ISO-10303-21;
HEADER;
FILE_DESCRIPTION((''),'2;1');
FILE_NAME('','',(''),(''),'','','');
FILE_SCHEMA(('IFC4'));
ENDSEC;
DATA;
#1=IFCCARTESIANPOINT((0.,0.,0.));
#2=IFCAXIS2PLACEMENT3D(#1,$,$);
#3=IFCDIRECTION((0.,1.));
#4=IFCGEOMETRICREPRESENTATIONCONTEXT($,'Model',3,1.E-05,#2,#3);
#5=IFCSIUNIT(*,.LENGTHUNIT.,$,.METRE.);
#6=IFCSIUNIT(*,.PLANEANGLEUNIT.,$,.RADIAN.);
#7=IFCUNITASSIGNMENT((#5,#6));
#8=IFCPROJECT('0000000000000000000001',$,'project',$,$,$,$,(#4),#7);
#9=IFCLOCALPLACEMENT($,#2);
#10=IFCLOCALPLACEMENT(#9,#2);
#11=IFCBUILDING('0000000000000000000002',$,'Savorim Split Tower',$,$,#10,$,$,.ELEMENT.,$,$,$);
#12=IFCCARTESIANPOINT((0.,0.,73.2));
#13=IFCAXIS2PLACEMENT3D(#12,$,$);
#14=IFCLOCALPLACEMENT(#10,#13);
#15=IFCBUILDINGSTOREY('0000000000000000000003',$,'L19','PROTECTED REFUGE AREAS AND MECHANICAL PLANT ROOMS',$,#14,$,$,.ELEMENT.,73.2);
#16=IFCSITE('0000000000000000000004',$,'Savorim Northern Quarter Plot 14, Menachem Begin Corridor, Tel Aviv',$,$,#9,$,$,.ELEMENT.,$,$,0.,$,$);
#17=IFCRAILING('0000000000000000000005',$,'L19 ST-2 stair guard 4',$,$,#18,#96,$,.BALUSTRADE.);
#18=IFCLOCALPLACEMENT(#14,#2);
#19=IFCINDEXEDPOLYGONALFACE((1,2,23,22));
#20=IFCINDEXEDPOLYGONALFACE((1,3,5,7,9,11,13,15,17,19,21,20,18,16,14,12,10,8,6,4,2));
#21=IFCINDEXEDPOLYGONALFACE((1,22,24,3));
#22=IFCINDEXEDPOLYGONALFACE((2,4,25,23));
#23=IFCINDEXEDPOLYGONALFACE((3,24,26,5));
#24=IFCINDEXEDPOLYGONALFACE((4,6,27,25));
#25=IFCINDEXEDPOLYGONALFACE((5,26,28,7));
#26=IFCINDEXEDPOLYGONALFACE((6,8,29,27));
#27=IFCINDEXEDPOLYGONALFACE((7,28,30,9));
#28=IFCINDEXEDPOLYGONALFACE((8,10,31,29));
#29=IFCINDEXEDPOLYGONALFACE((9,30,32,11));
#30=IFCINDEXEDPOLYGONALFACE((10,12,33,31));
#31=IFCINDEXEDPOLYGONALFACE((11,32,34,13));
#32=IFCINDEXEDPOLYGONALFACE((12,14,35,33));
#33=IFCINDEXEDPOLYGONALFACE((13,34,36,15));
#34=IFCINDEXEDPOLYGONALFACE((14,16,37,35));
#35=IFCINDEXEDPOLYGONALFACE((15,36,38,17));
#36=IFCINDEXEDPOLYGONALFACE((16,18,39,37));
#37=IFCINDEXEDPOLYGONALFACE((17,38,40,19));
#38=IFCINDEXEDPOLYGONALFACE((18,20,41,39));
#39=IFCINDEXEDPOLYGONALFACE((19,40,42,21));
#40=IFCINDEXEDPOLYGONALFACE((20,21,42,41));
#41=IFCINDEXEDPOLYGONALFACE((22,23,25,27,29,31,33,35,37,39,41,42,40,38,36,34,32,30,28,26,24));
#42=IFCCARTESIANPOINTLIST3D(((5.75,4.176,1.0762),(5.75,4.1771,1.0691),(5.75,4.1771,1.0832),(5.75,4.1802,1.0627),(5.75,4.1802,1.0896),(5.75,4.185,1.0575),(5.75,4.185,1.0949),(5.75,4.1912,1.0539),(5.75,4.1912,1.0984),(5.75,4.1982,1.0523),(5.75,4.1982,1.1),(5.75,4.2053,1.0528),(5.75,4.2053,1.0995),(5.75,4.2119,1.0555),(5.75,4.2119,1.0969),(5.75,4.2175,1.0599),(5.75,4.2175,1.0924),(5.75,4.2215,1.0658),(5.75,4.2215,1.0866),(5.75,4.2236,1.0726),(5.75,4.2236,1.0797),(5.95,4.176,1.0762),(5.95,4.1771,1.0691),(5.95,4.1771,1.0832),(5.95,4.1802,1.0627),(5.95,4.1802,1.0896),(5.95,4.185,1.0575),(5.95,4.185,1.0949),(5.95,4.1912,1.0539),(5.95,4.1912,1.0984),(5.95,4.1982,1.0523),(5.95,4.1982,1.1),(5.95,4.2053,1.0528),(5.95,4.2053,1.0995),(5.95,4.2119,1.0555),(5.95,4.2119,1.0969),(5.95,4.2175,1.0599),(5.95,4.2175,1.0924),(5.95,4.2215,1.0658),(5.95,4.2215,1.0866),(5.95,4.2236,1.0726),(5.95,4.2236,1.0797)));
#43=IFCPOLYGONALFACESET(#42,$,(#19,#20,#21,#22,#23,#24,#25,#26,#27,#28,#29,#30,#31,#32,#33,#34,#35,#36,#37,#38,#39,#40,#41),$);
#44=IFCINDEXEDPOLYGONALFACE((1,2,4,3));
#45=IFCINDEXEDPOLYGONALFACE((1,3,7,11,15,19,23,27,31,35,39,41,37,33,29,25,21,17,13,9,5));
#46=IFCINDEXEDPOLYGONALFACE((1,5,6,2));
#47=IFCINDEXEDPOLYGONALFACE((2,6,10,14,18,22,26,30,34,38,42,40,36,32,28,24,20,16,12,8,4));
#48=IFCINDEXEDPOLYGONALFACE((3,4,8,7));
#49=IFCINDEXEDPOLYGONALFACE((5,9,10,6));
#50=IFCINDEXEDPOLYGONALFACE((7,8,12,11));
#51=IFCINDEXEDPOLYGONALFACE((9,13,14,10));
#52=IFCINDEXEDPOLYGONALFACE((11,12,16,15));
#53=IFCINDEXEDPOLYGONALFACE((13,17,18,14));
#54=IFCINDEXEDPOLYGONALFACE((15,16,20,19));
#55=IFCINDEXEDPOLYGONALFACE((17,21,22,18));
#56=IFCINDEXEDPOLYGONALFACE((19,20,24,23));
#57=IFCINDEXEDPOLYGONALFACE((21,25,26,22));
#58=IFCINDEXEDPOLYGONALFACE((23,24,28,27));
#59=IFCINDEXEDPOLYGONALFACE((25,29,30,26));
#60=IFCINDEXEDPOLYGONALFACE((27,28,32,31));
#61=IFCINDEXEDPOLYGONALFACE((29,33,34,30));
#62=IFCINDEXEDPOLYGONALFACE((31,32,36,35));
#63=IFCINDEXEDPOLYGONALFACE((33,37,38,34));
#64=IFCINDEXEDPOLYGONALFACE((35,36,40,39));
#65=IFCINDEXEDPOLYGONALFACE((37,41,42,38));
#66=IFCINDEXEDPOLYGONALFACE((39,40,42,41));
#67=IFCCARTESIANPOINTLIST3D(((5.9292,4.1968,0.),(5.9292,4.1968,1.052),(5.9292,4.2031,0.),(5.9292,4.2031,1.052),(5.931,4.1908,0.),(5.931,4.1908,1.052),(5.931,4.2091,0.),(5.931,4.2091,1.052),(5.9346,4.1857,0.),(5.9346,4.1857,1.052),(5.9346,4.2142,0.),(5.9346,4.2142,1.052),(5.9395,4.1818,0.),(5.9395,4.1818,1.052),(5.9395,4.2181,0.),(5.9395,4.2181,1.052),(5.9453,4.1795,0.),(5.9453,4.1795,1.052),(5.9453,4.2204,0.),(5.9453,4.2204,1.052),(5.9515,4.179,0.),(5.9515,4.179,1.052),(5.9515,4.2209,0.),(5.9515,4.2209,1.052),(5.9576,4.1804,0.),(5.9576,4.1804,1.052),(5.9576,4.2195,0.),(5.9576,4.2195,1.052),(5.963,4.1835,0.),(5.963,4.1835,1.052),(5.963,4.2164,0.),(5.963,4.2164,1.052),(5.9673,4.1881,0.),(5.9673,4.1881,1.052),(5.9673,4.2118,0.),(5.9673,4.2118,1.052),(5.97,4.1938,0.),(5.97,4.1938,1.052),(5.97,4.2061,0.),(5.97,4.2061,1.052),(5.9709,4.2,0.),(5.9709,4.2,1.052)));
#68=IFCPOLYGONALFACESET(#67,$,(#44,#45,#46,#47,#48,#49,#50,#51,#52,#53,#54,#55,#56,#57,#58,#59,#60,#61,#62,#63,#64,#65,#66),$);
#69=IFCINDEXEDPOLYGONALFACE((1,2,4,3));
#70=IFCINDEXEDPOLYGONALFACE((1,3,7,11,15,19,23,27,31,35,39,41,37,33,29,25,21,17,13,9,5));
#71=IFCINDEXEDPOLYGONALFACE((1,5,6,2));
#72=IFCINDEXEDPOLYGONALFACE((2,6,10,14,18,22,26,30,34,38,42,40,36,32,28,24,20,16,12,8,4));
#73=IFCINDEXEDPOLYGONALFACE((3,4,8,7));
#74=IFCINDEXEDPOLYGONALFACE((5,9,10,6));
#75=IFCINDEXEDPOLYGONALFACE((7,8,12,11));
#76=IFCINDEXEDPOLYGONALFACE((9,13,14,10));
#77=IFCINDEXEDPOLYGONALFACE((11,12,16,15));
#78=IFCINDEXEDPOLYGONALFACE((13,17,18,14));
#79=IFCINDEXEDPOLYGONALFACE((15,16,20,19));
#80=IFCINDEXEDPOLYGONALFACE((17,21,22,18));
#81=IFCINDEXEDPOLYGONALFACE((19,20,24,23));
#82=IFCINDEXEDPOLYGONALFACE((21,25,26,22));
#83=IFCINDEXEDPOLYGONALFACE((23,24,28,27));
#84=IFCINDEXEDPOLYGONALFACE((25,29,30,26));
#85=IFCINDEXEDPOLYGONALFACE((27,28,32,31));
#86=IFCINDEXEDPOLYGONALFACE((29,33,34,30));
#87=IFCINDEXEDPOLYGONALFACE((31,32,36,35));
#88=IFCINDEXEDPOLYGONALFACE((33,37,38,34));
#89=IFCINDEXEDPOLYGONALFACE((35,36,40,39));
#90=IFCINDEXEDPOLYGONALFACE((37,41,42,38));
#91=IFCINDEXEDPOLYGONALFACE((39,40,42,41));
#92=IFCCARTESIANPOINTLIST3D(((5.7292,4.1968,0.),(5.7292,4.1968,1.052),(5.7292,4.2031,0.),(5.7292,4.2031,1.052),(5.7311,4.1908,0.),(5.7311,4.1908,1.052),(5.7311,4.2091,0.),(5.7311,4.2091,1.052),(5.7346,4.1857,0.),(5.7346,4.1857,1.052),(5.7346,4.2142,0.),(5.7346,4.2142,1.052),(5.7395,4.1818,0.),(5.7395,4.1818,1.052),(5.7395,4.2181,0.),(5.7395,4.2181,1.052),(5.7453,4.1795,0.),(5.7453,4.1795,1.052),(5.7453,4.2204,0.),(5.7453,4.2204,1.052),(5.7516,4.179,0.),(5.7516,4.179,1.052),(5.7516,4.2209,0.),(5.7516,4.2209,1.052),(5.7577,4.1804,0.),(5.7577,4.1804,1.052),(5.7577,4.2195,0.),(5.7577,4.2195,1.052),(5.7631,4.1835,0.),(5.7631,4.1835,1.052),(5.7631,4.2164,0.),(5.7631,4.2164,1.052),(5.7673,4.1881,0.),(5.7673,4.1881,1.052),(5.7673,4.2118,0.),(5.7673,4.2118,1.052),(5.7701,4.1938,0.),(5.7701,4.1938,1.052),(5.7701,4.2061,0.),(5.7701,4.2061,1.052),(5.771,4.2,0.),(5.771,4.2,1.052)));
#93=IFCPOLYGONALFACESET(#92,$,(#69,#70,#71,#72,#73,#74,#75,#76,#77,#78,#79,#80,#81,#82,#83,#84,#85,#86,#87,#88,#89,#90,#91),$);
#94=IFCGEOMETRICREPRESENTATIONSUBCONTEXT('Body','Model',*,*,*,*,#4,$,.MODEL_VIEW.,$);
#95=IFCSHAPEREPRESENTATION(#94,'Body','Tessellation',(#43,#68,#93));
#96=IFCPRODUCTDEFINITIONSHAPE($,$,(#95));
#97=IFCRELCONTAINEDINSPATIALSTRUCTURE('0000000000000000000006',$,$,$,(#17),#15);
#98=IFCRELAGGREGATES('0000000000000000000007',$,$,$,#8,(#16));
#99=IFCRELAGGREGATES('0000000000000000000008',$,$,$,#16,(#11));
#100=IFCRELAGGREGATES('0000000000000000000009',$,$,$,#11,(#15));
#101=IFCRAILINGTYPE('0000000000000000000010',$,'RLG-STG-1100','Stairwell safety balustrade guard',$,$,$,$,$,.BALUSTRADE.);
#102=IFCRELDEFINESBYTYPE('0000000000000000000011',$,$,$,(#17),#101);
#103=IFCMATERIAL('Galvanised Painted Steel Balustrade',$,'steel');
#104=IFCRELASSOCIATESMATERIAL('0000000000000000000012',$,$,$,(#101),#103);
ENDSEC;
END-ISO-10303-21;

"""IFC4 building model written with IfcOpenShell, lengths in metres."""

from ifc_helpers import new_model, si_unit, direction, frame, origin, origin_2d, place, context, subcontext, project, spatial, circle, extrude, material, type_object, element, save


model = new_model("IFC4")

# Units and contexts
model_context = context("Model", 3, precision=1e-05, world=origin(), true_north=direction((0.0, 1.0)))
body_context = subcontext(model_context, "Body", "Model", "MODEL_VIEW")
ifc_project = project(units=[si_unit("LENGTHUNIT", "METRE"), si_unit("PLANEANGLEUNIT", "RADIAN")], contexts=[model_context])

# Site, building, storey
site_placement = place(None, origin())
site = spatial("IfcSite", under=ifc_project, at=site_placement, Name="Savorim Northern Quarter Plot 14, Menachem Begin Corridor, Tel Aviv", CompositionType="ELEMENT", RefElevation=0.0)
building_placement = place(site_placement, origin())
building = spatial("IfcBuilding", under=site, at=building_placement, Name="Savorim Split Tower", CompositionType="ELEMENT")
storey_placement = place(building_placement, frame((0.0, 0.0, 73.2)))
storey = spatial("IfcBuildingStorey", under=building, at=storey_placement, Name="L19", Description="PROTECTED REFUGE AREAS AND MECHANICAL PLANT ROOMS", CompositionType="ELEMENT", Elevation=73.2)

# Shared definitions
ifc_material_1 = material(Name="Galvanised Painted Steel Balustrade", Category="steel")

# Railing
railing_type_1 = type_object("IfcRailingType", Name="RLG-STG-1100", Description="Stairwell safety balustrade guard", PredefinedType="BALUSTRADE", material=ifc_material_1)
railing_1_placement = place(storey_placement, frame((5.95, 4.2, 0.0)))
element("IfcRailing", 1, at=railing_1_placement, inside=storey, type_object=railing_type_1, Name="L19 ST-2 stair guard 4", PredefinedType="BALUSTRADE", context=body_context, shape_type="SweptSolid", body=[
    extrude(circle(Radius=0.0239, at=origin_2d()), frame((0.0, 0.0, 1.0762), z_axis=(-1.0, 0.0, 0.0), x_axis=(0.0, -1.0, 0.0)), (0.0, 0.0, 1.0), 0.2),
    extrude(circle(Radius=0.021, at=origin_2d()), origin(), (0.0, 0.0, 1.0), 1.052),
    extrude(circle(Radius=0.021, at=origin_2d()), frame((-0.2, 0.0, 0.0)), (0.0, 0.0, 1.0), 1.052),
])

save(model, "model.ifc")
